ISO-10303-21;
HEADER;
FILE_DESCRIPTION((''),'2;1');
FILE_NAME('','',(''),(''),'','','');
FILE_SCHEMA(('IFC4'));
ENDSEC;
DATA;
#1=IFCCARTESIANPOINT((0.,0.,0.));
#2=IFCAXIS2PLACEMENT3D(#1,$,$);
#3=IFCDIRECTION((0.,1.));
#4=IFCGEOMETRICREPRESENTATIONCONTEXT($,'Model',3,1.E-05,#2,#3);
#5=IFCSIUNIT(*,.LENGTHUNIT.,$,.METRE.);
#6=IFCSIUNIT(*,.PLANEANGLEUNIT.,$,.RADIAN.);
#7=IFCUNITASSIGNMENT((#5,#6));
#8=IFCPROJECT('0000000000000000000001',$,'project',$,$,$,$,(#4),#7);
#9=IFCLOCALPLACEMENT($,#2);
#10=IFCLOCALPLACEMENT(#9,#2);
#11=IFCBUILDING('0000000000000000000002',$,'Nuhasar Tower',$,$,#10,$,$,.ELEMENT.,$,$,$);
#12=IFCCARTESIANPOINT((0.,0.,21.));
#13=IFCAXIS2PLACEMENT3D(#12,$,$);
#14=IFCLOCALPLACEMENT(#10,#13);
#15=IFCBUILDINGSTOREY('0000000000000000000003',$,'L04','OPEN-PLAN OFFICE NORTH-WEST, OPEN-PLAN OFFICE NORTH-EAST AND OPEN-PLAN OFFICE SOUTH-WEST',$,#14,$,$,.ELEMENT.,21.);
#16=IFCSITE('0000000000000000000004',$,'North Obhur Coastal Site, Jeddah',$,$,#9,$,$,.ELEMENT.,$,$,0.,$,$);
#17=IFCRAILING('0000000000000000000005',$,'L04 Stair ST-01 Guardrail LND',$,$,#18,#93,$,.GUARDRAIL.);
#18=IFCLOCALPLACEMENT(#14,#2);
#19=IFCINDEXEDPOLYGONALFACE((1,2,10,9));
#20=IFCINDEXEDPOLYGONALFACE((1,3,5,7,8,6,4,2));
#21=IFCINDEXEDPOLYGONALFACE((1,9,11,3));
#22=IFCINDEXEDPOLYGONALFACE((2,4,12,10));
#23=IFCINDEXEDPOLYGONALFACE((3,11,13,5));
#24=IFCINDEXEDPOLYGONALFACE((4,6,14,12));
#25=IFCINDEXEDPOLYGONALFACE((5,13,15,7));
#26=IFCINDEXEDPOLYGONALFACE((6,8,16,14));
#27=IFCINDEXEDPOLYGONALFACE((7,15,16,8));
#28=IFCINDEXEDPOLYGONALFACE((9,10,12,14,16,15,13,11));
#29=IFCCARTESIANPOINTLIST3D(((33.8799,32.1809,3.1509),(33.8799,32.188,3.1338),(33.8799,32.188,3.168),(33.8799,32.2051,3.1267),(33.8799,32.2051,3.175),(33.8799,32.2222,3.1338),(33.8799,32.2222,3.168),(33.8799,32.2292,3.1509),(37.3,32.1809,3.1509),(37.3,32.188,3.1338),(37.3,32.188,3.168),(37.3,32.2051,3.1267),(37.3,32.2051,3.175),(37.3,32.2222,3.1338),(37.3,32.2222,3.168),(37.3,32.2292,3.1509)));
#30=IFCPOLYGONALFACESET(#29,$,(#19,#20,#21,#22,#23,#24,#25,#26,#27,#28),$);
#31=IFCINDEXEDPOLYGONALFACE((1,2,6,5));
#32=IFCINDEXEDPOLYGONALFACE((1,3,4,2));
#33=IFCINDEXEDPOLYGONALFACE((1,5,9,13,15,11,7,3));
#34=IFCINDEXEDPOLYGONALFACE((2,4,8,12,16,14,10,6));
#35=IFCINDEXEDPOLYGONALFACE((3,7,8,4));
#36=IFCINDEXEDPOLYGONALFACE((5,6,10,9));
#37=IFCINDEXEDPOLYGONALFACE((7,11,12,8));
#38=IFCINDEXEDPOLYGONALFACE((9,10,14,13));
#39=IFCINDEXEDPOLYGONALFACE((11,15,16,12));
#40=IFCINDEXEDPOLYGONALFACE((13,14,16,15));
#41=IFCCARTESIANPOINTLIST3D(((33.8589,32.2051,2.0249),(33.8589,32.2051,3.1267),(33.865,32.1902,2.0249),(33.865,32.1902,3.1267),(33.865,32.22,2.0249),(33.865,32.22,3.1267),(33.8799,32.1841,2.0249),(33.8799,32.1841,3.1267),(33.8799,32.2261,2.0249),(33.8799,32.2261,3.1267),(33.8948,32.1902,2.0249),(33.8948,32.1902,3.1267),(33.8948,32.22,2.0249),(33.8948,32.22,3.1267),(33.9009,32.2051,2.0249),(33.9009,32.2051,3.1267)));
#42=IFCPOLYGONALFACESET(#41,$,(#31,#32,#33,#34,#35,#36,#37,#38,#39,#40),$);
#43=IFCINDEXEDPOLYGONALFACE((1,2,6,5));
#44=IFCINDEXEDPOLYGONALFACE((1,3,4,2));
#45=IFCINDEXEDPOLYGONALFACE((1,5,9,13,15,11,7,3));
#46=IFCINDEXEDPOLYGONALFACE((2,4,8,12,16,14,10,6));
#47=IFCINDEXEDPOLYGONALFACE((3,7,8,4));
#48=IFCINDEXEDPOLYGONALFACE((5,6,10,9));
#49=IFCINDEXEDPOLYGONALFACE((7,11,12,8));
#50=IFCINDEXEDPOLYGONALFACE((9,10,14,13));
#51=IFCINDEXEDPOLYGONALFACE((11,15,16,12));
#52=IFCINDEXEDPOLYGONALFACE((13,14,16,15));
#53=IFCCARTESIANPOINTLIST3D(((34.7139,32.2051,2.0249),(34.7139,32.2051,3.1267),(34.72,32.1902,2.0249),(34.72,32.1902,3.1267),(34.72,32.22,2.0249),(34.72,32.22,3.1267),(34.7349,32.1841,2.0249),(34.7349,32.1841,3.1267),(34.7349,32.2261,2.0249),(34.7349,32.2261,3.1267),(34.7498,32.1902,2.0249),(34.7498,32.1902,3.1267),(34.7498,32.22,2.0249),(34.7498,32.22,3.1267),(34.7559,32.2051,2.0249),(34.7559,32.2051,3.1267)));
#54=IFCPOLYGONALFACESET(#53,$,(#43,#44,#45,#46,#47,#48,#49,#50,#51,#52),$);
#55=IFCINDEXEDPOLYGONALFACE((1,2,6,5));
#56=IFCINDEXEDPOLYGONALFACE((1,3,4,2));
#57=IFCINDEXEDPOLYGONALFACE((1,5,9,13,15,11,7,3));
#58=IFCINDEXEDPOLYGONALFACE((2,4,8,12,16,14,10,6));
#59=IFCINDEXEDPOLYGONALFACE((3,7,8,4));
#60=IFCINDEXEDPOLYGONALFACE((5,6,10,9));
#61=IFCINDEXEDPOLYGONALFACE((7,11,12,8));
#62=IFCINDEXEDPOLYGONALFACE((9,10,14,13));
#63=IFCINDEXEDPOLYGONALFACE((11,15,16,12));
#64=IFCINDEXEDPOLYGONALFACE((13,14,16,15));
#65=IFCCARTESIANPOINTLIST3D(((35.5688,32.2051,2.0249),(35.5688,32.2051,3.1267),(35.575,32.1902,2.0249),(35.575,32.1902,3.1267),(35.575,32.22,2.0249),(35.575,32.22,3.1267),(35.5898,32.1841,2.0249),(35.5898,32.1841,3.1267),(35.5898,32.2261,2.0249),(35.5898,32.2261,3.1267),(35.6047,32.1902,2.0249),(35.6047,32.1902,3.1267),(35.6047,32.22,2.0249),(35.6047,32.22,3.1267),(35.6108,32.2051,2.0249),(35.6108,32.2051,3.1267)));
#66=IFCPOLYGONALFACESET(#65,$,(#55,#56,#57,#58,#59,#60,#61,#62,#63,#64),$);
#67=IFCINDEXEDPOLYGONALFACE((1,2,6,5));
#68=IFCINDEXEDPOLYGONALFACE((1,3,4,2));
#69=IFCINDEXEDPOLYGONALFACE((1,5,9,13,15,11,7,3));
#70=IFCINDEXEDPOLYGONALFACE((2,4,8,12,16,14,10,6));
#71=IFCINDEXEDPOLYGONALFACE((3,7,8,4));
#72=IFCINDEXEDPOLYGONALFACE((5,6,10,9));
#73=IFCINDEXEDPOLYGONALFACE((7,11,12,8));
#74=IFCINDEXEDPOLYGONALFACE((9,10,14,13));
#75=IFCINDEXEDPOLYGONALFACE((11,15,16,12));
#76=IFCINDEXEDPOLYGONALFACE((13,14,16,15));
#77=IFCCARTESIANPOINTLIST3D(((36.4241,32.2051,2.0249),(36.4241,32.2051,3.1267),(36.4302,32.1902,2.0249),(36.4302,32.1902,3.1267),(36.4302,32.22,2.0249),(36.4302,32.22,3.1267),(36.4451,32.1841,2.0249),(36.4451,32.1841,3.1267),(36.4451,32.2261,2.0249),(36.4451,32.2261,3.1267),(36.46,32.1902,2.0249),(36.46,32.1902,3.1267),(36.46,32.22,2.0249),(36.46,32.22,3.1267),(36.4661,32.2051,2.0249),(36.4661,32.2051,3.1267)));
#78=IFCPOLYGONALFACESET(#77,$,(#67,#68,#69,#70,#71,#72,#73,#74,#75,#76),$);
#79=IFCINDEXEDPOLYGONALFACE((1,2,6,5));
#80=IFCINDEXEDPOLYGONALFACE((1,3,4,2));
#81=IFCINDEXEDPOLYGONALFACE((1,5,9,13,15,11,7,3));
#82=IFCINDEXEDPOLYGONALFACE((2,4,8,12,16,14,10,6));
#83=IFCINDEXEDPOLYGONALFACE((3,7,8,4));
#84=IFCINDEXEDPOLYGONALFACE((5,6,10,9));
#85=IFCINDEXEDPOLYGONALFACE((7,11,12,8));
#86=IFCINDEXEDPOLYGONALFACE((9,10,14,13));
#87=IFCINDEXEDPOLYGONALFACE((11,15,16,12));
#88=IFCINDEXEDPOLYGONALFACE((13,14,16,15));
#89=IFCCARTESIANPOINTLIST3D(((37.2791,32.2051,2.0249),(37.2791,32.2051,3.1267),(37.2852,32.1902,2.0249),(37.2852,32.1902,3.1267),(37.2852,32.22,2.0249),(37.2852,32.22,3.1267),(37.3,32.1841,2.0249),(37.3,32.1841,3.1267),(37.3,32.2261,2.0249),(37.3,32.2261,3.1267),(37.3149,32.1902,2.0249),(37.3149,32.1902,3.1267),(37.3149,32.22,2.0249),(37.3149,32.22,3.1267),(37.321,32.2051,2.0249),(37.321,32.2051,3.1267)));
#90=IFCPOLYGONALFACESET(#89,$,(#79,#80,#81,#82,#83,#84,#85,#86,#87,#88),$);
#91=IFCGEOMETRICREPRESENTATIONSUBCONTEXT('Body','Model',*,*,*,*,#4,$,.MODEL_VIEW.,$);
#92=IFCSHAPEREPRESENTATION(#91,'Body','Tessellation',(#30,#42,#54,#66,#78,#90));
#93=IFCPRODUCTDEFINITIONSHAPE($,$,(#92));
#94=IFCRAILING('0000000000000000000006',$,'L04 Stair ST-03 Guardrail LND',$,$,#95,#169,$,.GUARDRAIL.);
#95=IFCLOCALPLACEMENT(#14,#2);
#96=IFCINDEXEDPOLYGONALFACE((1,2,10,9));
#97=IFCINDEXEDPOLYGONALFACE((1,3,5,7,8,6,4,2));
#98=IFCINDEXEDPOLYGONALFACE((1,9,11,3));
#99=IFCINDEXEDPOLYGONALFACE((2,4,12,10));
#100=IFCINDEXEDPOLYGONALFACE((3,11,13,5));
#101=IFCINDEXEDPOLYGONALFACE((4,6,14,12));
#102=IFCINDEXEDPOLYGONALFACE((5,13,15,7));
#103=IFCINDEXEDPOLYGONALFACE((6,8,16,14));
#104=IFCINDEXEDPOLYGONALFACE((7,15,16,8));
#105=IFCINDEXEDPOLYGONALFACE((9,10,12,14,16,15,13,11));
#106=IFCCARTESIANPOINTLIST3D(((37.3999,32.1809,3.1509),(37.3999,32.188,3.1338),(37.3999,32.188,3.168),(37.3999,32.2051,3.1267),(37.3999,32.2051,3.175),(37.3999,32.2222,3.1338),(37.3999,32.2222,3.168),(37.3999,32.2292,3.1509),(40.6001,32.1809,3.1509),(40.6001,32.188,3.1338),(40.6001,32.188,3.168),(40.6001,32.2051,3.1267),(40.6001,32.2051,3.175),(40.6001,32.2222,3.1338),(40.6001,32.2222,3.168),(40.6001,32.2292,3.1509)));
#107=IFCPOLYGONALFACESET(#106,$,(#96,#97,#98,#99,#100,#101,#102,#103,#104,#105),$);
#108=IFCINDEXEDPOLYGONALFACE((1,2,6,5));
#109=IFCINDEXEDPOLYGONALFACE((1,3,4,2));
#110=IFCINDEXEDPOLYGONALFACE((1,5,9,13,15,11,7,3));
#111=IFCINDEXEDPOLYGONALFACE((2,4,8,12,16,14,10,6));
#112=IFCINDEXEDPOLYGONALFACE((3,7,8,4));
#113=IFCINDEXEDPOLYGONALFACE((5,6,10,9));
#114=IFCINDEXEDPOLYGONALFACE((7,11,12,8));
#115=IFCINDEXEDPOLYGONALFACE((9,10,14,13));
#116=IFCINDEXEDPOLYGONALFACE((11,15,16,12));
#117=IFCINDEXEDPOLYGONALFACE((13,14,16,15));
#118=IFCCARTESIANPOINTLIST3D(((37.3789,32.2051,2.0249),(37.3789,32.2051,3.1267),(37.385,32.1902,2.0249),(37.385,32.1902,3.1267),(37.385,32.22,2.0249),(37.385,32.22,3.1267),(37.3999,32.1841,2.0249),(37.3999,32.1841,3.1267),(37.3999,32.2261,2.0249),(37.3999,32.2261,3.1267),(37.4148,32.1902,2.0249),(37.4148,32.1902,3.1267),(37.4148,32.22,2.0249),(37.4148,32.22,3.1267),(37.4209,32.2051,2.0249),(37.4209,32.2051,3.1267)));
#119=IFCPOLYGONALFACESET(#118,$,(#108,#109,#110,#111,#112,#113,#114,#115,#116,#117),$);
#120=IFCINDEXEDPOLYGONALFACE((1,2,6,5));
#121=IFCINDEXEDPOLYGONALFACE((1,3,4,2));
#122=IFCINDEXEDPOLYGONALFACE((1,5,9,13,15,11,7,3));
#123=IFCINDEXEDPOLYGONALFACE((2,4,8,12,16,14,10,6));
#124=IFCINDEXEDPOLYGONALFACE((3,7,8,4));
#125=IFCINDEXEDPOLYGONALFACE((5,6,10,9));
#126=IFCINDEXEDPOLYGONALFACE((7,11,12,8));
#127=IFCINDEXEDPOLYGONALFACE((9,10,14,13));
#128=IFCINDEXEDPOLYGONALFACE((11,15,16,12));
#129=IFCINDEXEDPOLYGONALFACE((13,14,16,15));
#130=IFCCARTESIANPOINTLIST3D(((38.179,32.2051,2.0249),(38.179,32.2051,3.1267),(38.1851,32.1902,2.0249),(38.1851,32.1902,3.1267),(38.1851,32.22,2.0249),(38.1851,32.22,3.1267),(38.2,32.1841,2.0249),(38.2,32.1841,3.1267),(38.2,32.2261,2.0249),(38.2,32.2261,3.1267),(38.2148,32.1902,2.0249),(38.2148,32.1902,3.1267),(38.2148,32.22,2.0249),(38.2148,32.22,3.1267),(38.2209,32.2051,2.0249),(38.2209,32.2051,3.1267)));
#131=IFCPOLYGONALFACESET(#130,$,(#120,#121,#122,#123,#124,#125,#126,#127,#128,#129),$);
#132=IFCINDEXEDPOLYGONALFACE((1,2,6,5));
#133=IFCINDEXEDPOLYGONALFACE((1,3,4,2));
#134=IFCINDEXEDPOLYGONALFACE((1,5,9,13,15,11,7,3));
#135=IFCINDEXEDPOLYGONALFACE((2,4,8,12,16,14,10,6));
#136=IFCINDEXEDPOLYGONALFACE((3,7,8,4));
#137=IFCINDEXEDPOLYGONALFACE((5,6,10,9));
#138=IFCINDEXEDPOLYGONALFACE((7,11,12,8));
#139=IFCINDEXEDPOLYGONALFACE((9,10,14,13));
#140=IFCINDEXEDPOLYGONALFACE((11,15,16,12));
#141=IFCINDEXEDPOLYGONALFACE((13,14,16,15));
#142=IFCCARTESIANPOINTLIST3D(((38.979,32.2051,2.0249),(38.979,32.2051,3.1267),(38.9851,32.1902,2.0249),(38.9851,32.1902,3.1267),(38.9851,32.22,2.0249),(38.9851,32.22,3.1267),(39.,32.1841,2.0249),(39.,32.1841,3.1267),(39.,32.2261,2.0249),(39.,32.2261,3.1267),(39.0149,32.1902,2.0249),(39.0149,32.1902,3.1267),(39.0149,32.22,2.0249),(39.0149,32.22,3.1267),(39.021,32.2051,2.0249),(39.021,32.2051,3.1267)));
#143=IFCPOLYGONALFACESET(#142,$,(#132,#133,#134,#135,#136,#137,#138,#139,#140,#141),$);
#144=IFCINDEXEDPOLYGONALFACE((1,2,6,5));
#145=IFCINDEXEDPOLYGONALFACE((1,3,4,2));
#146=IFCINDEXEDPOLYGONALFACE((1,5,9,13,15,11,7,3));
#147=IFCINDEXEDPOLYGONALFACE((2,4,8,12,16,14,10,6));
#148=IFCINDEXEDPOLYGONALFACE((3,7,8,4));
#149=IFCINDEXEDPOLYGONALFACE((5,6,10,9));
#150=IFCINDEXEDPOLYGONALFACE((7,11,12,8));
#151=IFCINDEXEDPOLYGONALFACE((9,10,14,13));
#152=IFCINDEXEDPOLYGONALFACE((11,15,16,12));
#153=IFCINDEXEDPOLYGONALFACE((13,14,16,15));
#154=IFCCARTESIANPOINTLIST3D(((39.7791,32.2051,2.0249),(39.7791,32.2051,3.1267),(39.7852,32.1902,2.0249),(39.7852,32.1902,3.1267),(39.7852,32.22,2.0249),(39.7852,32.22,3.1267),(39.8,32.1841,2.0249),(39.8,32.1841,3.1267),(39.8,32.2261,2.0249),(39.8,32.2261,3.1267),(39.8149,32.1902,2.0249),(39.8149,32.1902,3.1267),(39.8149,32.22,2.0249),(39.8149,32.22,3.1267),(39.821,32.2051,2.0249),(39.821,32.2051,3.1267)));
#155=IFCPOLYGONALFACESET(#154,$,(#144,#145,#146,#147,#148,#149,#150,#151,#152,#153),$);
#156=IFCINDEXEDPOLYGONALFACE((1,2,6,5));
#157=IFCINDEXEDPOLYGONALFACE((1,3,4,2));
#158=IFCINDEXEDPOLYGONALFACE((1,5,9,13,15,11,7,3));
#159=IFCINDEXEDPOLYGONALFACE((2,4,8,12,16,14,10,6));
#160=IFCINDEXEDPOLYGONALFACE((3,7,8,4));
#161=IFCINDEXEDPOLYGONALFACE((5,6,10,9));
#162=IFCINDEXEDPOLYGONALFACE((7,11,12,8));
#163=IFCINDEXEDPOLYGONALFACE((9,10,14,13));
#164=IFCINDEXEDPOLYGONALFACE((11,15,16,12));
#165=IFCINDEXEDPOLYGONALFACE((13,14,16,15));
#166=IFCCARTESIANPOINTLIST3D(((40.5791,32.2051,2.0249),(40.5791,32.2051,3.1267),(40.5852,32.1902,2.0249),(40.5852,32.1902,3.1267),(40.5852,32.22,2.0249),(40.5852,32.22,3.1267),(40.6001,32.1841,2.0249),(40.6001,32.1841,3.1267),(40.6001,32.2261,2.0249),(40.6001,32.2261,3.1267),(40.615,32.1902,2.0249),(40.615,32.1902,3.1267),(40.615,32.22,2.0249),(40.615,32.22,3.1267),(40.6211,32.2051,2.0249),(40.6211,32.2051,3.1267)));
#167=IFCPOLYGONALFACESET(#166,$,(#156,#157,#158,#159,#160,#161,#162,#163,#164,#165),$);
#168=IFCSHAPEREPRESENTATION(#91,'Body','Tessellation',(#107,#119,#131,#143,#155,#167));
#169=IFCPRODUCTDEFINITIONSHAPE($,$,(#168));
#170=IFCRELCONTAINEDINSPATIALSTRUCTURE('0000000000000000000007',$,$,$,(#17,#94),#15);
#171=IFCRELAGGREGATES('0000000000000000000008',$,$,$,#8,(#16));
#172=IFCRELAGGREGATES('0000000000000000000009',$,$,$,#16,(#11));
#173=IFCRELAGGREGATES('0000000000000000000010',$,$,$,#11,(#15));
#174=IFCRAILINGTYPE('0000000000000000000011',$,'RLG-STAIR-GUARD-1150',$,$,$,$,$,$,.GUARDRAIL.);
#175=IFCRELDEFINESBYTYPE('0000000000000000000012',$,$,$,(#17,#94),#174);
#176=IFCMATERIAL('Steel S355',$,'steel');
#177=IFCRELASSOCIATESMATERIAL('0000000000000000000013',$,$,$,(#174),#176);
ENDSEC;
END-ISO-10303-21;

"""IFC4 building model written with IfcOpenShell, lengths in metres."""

from ifc_helpers import new_model, si_unit, direction, frame, origin, place, context, subcontext, project, spatial, polyline, outline, extrude, material, type_object, element, save


model = new_model("IFC4")

# Units and contexts
model_context = context("Model", 3, precision=1e-05, world=origin(), true_north=direction((0.0, 1.0)))
body_context = subcontext(model_context, "Body", "Model", "MODEL_VIEW")
ifc_project = project(units=[si_unit("LENGTHUNIT", "METRE"), si_unit("PLANEANGLEUNIT", "RADIAN")], contexts=[model_context])

# Site, building, storey
site_placement = place(None, origin())
site = spatial("IfcSite", under=ifc_project, at=site_placement, Name="North Obhur Coastal Site, Jeddah", CompositionType="ELEMENT", RefElevation=0.0)
building_placement = place(site_placement, origin())
building = spatial("IfcBuilding", under=site, at=building_placement, Name="Nuhasar Tower", CompositionType="ELEMENT")
storey_placement = place(building_placement, frame((0.0, 0.0, 21.0)))
storey = spatial("IfcBuildingStorey", under=building, at=storey_placement, Name="L04", Description="OPEN-PLAN OFFICE NORTH-WEST, OPEN-PLAN OFFICE NORTH-EAST AND OPEN-PLAN OFFICE SOUTH-WEST", CompositionType="ELEMENT", Elevation=21.0)

# Shared definitions
ifc_material_1 = material(Name="Steel S355", Category="steel")

# Railings
railing_type = type_object("IfcRailingType", Name="RLG-STAIR-GUARD-1150", PredefinedType="GUARDRAIL", material=ifc_material_1)
railing_1_placement = place(storey_placement, frame((33.8799, 32.2051, 2.0249)))
element("IfcRailing", 1, at=railing_1_placement, inside=storey, type_object=railing_type, Name="L04 Stair ST-01 Guardrail LND", PredefinedType="GUARDRAIL", context=body_context, shape_type="SweptSolid", body=[
    extrude(outline(polyline([(0.0242, 0.0), (0.0171, 0.0171), (0.0, 0.0242), (-0.0171, 0.0171), (-0.0242, 0.0), (-0.0171, -0.0171), (0.0, -0.0242), (0.0171, -0.0171), (0.0242, 0.0)])), frame((0.0, 0.0, 1.126), z_axis=(1.0, 0.0, 0.0), x_axis=(0.0, 1.0, 0.0)), (0.0, 0.0, 1.0), 3.4202),
    extrude(outline(polyline([(0.021, 0.0), (0.0149, 0.0149), (0.0, 0.021), (-0.0149, 0.0149), (-0.021, 0.0), (-0.0149, -0.0149), (0.0, -0.021), (0.0149, -0.0149), (0.021, 0.0)])), origin(), (0.0, 0.0, 1.0), 1.1018),
    extrude(outline(polyline([(0.021, 0.0), (0.0149, 0.0149), (0.0, 0.021), (-0.0149, 0.0149), (-0.021, 0.0), (-0.0149, -0.0149), (0.0, -0.021), (0.0149, -0.0149), (0.021, 0.0)])), frame((0.855, 0.0, 0.0)), (0.0, 0.0, 1.0), 1.1018),
    extrude(outline(polyline([(0.021, 0.0), (0.0149, 0.0149), (0.0, 0.021), (-0.0149, 0.0149), (-0.021, 0.0), (-0.0149, -0.0149), (0.0, -0.021), (0.0149, -0.0149), (0.021, 0.0)])), frame((1.71, 0.0, 0.0)), (0.0, 0.0, 1.0), 1.1018),
    extrude(outline(polyline([(0.021, 0.0), (0.0149, 0.0149), (0.0, 0.021), (-0.0149, 0.0149), (-0.021, 0.0), (-0.0149, -0.0149), (0.0, -0.021), (0.0149, -0.0149), (0.021, 0.0)])), frame((2.5652, 0.0, 0.0)), (0.0, 0.0, 1.0), 1.1018),
    extrude(outline(polyline([(0.021, 0.0), (0.0149, 0.0149), (0.0, 0.021), (-0.0149, 0.0149), (-0.021, 0.0), (-0.0149, -0.0149), (0.0, -0.021), (0.0149, -0.0149), (0.021, 0.0)])), frame((3.4202, 0.0, 0.0)), (0.0, 0.0, 1.0), 1.1018),
])
railing_2_placement = place(storey_placement, frame((37.3999, 32.2051, 2.0249)))
element("IfcRailing", 2, at=railing_2_placement, inside=storey, type_object=railing_type, Name="L04 Stair ST-03 Guardrail LND", PredefinedType="GUARDRAIL", context=body_context, shape_type="SweptSolid", body=[
    extrude(outline(polyline([(0.0242, 0.0), (0.0171, 0.0171), (0.0, 0.0242), (-0.0171, 0.0171), (-0.0242, 0.0), (-0.0171, -0.0171), (0.0, -0.0242), (0.0171, -0.0171), (0.0242, 0.0)])), frame((0.0, 0.0, 1.126), z_axis=(1.0, 0.0, 0.0), x_axis=(0.0, 1.0, 0.0)), (0.0, 0.0, 1.0), 3.2002),
    extrude(outline(polyline([(0.021, 0.0), (0.0149, 0.0149), (0.0, 0.021), (-0.0149, 0.0149), (-0.021, 0.0), (-0.0149, -0.0149), (0.0, -0.021), (0.0149, -0.0149), (0.021, 0.0)])), origin(), (0.0, 0.0, 1.0), 1.1018),
    extrude(outline(polyline([(0.021, 0.0), (0.0149, 0.0149), (0.0, 0.021), (-0.0149, 0.0149), (-0.021, 0.0), (-0.0149, -0.0149), (0.0, -0.021), (0.0149, -0.0149), (0.021, 0.0)])), frame((0.8, 0.0, 0.0)), (0.0, 0.0, 1.0), 1.1018),
    extrude(outline(polyline([(0.021, 0.0), (0.0149, 0.0149), (0.0, 0.021), (-0.0149, 0.0149), (-0.021, 0.0), (-0.0149, -0.0149), (0.0, -0.021), (0.0149, -0.0149), (0.021, 0.0)])), frame((1.6001, 0.0, 0.0)), (0.0, 0.0, 1.0), 1.1018),
    extrude(outline(polyline([(0.021, 0.0), (0.0149, 0.0149), (0.0, 0.021), (-0.0149, 0.0149), (-0.021, 0.0), (-0.0149, -0.0149), (0.0, -0.021), (0.0149, -0.0149), (0.021, 0.0)])), frame((2.4001, 0.0, 0.0)), (0.0, 0.0, 1.0), 1.1018),
    extrude(outline(polyline([(0.021, 0.0), (0.0149, 0.0149), (0.0, 0.021), (-0.0149, 0.0149), (-0.021, 0.0), (-0.0149, -0.0149), (0.0, -0.021), (0.0149, -0.0149), (0.021, 0.0)])), frame((3.2002, 0.0, 0.0)), (0.0, 0.0, 1.0), 1.1018),
])

save(model, "model.ifc")
